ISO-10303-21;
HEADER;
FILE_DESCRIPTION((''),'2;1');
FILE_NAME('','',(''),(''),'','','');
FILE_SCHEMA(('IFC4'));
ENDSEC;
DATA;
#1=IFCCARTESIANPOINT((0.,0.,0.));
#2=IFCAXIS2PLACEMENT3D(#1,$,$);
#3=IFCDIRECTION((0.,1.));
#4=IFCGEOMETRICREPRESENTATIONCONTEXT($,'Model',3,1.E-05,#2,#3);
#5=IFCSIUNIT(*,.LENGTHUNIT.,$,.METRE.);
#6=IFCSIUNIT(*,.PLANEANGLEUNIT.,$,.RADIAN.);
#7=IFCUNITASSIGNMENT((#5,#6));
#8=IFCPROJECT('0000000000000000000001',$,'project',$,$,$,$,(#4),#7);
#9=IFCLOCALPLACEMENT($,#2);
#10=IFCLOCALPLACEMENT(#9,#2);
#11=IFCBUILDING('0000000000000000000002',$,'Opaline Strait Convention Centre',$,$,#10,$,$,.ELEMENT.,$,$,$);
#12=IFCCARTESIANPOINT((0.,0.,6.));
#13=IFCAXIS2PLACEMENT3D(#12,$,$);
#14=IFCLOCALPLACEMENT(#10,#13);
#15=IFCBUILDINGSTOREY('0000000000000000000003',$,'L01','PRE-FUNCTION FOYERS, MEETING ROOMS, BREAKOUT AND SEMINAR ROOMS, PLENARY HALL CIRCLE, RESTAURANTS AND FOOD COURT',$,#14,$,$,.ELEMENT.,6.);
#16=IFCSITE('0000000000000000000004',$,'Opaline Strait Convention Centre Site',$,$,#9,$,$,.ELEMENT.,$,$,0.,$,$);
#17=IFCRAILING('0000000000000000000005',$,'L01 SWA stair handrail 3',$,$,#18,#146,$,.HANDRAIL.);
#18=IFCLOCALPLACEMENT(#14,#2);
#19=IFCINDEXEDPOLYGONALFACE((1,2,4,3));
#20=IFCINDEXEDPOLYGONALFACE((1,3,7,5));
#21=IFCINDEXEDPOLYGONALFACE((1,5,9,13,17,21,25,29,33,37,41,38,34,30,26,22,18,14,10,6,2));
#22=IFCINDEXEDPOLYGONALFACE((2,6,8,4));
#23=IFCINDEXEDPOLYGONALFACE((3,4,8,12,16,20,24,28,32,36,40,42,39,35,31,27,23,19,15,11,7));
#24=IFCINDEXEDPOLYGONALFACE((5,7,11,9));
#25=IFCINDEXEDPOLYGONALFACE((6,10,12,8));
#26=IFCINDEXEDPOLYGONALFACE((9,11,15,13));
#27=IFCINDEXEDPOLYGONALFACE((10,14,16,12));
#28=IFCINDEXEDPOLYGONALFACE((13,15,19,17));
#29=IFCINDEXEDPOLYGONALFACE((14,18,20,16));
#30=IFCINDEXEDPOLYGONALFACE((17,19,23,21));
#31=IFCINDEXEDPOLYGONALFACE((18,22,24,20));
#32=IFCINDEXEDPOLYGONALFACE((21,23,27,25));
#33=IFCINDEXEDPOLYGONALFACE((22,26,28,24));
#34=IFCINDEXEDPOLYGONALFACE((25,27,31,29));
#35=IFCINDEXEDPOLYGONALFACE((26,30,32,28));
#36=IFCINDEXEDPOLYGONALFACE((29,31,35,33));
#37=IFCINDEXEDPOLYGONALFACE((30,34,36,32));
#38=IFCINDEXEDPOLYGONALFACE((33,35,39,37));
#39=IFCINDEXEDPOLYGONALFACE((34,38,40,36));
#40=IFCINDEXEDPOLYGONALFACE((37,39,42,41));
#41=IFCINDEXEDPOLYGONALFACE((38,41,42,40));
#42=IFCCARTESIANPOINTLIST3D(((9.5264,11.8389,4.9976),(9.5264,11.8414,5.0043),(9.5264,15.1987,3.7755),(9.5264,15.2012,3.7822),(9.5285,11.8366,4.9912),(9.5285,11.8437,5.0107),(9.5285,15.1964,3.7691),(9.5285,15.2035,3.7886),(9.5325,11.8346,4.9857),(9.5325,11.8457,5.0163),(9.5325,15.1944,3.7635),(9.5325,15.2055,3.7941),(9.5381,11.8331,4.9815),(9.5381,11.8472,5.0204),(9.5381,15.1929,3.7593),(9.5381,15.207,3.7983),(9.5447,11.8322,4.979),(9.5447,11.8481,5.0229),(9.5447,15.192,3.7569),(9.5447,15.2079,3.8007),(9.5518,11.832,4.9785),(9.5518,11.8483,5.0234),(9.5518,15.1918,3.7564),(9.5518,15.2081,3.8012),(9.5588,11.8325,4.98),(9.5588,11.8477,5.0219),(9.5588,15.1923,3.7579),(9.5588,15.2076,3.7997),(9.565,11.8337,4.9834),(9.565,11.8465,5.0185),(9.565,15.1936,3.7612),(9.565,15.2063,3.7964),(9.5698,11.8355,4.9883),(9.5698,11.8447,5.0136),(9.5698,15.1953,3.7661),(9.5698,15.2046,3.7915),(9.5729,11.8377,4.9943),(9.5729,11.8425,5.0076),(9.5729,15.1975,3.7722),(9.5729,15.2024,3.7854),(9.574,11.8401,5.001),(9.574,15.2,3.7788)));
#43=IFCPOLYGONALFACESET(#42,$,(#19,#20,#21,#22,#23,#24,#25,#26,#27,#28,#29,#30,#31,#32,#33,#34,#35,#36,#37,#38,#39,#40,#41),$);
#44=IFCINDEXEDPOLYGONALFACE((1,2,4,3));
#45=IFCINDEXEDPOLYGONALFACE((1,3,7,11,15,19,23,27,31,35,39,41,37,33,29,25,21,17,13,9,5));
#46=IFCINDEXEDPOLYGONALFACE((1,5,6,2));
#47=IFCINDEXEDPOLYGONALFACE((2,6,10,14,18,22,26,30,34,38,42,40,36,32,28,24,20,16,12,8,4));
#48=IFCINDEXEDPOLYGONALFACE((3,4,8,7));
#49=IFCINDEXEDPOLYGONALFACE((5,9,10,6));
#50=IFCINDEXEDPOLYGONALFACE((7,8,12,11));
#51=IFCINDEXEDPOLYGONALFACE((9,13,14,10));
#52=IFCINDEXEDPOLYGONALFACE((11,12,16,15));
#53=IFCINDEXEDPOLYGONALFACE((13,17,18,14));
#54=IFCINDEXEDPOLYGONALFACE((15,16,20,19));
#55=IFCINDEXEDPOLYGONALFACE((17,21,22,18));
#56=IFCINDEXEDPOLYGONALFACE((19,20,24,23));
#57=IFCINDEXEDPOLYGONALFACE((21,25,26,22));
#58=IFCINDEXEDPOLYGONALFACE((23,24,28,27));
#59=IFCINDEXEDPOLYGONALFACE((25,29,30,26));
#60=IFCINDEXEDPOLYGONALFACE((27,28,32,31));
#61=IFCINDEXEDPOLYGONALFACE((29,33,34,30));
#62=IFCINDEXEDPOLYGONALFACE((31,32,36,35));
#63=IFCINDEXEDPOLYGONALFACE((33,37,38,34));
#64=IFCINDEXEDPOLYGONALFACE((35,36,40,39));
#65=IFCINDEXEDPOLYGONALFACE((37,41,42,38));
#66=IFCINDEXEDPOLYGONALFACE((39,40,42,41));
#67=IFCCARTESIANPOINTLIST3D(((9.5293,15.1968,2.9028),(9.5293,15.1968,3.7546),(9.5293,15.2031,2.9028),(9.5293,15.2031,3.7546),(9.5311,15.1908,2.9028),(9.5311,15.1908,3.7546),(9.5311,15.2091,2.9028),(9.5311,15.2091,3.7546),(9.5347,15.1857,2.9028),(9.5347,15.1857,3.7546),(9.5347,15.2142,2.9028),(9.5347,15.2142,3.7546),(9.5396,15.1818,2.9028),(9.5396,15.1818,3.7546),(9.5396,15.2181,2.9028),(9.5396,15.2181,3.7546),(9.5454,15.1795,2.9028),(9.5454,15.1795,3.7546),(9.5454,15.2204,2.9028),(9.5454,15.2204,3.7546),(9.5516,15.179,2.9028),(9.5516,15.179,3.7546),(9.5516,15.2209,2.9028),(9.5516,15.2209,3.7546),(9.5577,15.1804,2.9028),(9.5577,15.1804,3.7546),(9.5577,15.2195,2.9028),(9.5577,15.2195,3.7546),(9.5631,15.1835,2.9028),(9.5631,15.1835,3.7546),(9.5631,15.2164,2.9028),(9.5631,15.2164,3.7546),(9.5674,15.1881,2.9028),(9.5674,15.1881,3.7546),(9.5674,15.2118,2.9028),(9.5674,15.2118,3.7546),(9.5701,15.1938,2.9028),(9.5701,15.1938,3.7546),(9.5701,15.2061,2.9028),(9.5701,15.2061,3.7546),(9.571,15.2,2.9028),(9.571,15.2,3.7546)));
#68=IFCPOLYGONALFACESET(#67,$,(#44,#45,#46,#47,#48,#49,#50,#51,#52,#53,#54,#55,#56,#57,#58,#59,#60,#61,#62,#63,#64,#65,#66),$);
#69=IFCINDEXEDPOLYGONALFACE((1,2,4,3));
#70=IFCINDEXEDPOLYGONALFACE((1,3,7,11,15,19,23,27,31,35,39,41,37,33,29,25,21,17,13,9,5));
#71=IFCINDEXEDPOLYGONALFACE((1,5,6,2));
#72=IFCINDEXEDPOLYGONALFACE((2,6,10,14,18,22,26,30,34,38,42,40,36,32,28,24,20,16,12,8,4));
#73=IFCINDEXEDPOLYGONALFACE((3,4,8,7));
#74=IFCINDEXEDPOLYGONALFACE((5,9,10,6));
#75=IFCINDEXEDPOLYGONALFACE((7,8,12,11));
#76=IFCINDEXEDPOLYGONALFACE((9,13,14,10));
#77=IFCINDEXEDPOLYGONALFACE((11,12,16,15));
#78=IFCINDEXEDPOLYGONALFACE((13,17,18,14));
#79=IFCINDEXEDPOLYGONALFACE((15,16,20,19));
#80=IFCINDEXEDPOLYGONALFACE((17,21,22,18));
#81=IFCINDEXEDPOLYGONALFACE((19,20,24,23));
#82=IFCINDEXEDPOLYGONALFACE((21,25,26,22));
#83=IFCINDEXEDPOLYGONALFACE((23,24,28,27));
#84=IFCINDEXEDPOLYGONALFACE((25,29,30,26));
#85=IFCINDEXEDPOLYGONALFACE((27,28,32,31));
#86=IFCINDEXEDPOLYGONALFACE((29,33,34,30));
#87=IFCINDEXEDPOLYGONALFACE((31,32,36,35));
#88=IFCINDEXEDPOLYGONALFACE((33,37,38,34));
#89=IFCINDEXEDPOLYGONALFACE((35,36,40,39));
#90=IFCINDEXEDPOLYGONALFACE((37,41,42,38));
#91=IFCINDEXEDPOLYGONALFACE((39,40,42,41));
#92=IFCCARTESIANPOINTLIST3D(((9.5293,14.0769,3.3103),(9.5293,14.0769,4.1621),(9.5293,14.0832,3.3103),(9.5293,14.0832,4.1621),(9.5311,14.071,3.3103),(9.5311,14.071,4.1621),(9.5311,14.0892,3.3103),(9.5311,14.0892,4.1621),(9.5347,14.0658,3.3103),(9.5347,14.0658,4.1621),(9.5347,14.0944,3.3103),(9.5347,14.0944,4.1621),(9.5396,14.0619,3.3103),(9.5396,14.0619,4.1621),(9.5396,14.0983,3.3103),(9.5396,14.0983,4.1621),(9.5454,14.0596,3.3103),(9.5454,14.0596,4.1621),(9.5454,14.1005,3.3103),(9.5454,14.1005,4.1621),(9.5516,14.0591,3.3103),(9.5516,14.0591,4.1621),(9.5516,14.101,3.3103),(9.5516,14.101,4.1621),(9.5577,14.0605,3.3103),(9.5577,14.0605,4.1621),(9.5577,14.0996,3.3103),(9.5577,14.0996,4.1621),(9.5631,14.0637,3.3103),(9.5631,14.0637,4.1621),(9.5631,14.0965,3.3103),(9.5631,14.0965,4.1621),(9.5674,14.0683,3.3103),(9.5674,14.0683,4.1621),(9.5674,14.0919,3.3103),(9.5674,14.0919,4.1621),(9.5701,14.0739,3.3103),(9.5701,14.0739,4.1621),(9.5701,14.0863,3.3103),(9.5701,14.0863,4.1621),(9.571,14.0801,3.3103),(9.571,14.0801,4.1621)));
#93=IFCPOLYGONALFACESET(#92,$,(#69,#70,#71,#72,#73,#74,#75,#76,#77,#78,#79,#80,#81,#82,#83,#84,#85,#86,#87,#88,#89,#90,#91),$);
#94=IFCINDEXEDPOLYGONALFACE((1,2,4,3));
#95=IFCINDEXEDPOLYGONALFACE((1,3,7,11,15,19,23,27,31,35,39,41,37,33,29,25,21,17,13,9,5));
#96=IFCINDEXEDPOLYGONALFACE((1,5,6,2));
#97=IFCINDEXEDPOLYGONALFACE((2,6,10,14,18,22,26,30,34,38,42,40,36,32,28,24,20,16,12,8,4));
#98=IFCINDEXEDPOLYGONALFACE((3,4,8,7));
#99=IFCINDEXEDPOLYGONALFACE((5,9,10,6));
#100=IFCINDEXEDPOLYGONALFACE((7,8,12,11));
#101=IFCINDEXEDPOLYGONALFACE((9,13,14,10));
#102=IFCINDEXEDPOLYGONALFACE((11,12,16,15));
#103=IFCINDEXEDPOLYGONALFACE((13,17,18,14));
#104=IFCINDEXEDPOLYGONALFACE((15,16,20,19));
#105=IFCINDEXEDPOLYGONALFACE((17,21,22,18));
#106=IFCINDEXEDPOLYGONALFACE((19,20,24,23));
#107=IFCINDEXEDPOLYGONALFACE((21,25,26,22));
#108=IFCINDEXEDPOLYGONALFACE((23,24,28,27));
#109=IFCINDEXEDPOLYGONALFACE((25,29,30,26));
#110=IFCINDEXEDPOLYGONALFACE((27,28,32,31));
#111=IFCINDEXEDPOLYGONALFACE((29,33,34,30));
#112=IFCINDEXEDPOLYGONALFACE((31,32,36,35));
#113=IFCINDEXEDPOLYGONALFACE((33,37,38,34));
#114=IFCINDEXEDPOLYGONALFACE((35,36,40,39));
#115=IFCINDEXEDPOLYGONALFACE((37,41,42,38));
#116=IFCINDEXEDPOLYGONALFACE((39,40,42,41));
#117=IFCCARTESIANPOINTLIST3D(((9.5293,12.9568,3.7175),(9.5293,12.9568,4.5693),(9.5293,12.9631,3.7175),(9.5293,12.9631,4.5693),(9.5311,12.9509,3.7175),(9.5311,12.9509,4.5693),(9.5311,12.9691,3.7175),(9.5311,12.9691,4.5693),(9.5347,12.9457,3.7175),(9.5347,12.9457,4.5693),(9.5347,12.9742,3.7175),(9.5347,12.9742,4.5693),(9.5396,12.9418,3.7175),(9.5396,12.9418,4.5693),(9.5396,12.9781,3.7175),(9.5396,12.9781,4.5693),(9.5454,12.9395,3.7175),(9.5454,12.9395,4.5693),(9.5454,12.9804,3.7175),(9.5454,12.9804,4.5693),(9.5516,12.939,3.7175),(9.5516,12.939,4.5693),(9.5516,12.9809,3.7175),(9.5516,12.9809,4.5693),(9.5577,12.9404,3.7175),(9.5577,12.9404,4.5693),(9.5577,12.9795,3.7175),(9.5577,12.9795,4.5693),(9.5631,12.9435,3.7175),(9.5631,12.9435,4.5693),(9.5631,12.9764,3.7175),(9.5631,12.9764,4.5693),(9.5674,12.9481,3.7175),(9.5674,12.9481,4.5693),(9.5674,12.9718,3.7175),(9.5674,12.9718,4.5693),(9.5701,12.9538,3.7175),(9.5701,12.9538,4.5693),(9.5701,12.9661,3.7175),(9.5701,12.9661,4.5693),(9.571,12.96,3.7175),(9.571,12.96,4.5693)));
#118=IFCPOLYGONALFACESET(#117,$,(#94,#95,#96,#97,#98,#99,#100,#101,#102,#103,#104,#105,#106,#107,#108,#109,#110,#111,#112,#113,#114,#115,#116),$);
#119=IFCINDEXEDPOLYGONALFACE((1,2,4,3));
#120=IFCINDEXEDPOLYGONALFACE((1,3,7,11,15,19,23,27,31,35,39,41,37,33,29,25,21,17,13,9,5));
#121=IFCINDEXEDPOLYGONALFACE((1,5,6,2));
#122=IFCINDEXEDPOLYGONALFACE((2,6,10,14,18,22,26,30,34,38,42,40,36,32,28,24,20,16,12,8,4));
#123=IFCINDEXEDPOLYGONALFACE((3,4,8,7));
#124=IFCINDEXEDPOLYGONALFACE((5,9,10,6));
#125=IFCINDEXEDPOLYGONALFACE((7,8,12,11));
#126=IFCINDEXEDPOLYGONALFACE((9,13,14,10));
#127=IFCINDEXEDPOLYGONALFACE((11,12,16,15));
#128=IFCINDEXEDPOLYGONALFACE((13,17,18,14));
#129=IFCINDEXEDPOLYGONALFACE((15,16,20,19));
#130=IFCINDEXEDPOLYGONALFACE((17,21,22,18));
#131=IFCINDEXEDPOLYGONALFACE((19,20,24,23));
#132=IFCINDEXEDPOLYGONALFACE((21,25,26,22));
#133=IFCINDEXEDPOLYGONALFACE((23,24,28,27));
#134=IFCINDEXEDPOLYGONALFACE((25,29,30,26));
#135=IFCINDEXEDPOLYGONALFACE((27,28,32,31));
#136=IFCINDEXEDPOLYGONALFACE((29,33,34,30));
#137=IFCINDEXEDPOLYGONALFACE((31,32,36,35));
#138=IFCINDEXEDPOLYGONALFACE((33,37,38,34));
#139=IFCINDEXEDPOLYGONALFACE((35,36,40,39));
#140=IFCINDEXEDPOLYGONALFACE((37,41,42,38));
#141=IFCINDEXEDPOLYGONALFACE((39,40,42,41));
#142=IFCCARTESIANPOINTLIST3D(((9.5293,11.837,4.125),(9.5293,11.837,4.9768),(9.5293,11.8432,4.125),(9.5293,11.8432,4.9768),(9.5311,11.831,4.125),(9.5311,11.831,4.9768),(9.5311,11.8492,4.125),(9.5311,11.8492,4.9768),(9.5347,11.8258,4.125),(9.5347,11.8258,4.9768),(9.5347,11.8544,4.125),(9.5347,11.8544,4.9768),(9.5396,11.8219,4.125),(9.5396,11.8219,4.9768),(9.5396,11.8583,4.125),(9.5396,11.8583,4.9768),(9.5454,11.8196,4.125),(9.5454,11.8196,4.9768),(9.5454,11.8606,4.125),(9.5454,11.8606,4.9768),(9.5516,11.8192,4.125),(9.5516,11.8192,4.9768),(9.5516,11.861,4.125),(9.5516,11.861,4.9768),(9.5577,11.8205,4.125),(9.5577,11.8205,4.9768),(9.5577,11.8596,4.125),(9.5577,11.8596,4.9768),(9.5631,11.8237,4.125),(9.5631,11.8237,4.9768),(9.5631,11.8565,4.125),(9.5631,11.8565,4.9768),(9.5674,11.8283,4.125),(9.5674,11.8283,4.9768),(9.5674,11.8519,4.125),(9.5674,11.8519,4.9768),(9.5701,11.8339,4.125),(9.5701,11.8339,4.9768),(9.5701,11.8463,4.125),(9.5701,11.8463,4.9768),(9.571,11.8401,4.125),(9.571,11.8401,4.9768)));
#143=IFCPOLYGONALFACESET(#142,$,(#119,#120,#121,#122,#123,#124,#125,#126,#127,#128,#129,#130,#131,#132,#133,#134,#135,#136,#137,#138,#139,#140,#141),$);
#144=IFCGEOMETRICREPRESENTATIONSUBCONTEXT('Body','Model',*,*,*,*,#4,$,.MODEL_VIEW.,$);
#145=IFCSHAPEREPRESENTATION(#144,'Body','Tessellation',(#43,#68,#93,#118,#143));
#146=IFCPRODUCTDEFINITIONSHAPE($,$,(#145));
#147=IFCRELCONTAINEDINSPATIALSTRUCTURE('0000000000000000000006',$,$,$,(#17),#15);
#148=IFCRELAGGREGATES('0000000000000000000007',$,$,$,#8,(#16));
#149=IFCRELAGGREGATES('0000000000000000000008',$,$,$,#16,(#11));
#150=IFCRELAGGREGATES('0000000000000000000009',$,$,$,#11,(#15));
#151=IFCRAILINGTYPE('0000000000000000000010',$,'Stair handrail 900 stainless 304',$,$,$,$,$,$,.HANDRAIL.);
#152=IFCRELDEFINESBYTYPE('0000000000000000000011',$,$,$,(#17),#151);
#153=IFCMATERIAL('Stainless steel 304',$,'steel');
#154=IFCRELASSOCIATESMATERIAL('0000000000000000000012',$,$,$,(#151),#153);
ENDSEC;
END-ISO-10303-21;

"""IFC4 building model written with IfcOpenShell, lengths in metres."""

from ifc_helpers import new_model, si_unit, direction, frame, origin, origin_2d, place, context, subcontext, project, spatial, circle, extrude, material, type_object, element, save


model = new_model("IFC4")

# Units and contexts
model_context = context("Model", 3, precision=1e-05, world=origin(), true_north=direction((0.0, 1.0)))
body_context = subcontext(model_context, "Body", "Model", "MODEL_VIEW")
ifc_project = project(units=[si_unit("LENGTHUNIT", "METRE"), si_unit("PLANEANGLEUNIT", "RADIAN")], contexts=[model_context])

# Site, building, storey
site_placement = place(None, origin())
site = spatial("IfcSite", under=ifc_project, at=site_placement, Name="Opaline Strait Convention Centre Site", CompositionType="ELEMENT", RefElevation=0.0)
building_placement = place(site_placement, origin())
building = spatial("IfcBuilding", under=site, at=building_placement, Name="Opaline Strait Convention Centre", CompositionType="ELEMENT")
storey_placement = place(building_placement, frame((0.0, 0.0, 6.0)))
storey = spatial("IfcBuildingStorey", under=building, at=storey_placement, Name="L01", Description="PRE-FUNCTION FOYERS, MEETING ROOMS, BREAKOUT AND SEMINAR ROOMS, PLENARY HALL CIRCLE, RESTAURANTS AND FOOD COURT", CompositionType="ELEMENT", Elevation=6.0)

# Railing
ifc_material_1 = material(Name="Stainless steel 304", Category="steel")
railing_type_1 = type_object("IfcRailingType", Name="Stair handrail 900 stainless 304", PredefinedType="HANDRAIL", material=ifc_material_1)
railing_1_placement = place(storey_placement, frame((9.55, 15.2, 2.9028)))
element("IfcRailing", 1, at=railing_1_placement, inside=storey, type_object=railing_type_1, Name="L01 SWA stair handrail 3", PredefinedType="HANDRAIL", context=body_context, shape_type="SweptSolid", body=[
    extrude(circle(Radius=0.0239, at=origin_2d()), frame((0.0, 0.0, 0.876), z_axis=(0.0, -0.939758, 0.341842), x_axis=(1.0, 0.0, 0.0)), (0.0, 0.0, 1.0), 3.5752),
    extrude(circle(Radius=0.021, at=origin_2d()), origin(), (0.0, 0.0, 1.0), 0.8518),
    extrude(circle(Radius=0.021, at=origin_2d()), frame((0.0, -1.1199, 0.4075)), (0.0, 0.0, 1.0), 0.8518),
    extrude(circle(Radius=0.021, at=origin_2d()), frame((0.0, -2.24, 0.8147)), (0.0, 0.0, 1.0), 0.8518),
    extrude(circle(Radius=0.021, at=origin_2d()), frame((0.0, -3.3599, 1.2222)), (0.0, 0.0, 1.0), 0.8518),
])

save(model, "model.ifc")
